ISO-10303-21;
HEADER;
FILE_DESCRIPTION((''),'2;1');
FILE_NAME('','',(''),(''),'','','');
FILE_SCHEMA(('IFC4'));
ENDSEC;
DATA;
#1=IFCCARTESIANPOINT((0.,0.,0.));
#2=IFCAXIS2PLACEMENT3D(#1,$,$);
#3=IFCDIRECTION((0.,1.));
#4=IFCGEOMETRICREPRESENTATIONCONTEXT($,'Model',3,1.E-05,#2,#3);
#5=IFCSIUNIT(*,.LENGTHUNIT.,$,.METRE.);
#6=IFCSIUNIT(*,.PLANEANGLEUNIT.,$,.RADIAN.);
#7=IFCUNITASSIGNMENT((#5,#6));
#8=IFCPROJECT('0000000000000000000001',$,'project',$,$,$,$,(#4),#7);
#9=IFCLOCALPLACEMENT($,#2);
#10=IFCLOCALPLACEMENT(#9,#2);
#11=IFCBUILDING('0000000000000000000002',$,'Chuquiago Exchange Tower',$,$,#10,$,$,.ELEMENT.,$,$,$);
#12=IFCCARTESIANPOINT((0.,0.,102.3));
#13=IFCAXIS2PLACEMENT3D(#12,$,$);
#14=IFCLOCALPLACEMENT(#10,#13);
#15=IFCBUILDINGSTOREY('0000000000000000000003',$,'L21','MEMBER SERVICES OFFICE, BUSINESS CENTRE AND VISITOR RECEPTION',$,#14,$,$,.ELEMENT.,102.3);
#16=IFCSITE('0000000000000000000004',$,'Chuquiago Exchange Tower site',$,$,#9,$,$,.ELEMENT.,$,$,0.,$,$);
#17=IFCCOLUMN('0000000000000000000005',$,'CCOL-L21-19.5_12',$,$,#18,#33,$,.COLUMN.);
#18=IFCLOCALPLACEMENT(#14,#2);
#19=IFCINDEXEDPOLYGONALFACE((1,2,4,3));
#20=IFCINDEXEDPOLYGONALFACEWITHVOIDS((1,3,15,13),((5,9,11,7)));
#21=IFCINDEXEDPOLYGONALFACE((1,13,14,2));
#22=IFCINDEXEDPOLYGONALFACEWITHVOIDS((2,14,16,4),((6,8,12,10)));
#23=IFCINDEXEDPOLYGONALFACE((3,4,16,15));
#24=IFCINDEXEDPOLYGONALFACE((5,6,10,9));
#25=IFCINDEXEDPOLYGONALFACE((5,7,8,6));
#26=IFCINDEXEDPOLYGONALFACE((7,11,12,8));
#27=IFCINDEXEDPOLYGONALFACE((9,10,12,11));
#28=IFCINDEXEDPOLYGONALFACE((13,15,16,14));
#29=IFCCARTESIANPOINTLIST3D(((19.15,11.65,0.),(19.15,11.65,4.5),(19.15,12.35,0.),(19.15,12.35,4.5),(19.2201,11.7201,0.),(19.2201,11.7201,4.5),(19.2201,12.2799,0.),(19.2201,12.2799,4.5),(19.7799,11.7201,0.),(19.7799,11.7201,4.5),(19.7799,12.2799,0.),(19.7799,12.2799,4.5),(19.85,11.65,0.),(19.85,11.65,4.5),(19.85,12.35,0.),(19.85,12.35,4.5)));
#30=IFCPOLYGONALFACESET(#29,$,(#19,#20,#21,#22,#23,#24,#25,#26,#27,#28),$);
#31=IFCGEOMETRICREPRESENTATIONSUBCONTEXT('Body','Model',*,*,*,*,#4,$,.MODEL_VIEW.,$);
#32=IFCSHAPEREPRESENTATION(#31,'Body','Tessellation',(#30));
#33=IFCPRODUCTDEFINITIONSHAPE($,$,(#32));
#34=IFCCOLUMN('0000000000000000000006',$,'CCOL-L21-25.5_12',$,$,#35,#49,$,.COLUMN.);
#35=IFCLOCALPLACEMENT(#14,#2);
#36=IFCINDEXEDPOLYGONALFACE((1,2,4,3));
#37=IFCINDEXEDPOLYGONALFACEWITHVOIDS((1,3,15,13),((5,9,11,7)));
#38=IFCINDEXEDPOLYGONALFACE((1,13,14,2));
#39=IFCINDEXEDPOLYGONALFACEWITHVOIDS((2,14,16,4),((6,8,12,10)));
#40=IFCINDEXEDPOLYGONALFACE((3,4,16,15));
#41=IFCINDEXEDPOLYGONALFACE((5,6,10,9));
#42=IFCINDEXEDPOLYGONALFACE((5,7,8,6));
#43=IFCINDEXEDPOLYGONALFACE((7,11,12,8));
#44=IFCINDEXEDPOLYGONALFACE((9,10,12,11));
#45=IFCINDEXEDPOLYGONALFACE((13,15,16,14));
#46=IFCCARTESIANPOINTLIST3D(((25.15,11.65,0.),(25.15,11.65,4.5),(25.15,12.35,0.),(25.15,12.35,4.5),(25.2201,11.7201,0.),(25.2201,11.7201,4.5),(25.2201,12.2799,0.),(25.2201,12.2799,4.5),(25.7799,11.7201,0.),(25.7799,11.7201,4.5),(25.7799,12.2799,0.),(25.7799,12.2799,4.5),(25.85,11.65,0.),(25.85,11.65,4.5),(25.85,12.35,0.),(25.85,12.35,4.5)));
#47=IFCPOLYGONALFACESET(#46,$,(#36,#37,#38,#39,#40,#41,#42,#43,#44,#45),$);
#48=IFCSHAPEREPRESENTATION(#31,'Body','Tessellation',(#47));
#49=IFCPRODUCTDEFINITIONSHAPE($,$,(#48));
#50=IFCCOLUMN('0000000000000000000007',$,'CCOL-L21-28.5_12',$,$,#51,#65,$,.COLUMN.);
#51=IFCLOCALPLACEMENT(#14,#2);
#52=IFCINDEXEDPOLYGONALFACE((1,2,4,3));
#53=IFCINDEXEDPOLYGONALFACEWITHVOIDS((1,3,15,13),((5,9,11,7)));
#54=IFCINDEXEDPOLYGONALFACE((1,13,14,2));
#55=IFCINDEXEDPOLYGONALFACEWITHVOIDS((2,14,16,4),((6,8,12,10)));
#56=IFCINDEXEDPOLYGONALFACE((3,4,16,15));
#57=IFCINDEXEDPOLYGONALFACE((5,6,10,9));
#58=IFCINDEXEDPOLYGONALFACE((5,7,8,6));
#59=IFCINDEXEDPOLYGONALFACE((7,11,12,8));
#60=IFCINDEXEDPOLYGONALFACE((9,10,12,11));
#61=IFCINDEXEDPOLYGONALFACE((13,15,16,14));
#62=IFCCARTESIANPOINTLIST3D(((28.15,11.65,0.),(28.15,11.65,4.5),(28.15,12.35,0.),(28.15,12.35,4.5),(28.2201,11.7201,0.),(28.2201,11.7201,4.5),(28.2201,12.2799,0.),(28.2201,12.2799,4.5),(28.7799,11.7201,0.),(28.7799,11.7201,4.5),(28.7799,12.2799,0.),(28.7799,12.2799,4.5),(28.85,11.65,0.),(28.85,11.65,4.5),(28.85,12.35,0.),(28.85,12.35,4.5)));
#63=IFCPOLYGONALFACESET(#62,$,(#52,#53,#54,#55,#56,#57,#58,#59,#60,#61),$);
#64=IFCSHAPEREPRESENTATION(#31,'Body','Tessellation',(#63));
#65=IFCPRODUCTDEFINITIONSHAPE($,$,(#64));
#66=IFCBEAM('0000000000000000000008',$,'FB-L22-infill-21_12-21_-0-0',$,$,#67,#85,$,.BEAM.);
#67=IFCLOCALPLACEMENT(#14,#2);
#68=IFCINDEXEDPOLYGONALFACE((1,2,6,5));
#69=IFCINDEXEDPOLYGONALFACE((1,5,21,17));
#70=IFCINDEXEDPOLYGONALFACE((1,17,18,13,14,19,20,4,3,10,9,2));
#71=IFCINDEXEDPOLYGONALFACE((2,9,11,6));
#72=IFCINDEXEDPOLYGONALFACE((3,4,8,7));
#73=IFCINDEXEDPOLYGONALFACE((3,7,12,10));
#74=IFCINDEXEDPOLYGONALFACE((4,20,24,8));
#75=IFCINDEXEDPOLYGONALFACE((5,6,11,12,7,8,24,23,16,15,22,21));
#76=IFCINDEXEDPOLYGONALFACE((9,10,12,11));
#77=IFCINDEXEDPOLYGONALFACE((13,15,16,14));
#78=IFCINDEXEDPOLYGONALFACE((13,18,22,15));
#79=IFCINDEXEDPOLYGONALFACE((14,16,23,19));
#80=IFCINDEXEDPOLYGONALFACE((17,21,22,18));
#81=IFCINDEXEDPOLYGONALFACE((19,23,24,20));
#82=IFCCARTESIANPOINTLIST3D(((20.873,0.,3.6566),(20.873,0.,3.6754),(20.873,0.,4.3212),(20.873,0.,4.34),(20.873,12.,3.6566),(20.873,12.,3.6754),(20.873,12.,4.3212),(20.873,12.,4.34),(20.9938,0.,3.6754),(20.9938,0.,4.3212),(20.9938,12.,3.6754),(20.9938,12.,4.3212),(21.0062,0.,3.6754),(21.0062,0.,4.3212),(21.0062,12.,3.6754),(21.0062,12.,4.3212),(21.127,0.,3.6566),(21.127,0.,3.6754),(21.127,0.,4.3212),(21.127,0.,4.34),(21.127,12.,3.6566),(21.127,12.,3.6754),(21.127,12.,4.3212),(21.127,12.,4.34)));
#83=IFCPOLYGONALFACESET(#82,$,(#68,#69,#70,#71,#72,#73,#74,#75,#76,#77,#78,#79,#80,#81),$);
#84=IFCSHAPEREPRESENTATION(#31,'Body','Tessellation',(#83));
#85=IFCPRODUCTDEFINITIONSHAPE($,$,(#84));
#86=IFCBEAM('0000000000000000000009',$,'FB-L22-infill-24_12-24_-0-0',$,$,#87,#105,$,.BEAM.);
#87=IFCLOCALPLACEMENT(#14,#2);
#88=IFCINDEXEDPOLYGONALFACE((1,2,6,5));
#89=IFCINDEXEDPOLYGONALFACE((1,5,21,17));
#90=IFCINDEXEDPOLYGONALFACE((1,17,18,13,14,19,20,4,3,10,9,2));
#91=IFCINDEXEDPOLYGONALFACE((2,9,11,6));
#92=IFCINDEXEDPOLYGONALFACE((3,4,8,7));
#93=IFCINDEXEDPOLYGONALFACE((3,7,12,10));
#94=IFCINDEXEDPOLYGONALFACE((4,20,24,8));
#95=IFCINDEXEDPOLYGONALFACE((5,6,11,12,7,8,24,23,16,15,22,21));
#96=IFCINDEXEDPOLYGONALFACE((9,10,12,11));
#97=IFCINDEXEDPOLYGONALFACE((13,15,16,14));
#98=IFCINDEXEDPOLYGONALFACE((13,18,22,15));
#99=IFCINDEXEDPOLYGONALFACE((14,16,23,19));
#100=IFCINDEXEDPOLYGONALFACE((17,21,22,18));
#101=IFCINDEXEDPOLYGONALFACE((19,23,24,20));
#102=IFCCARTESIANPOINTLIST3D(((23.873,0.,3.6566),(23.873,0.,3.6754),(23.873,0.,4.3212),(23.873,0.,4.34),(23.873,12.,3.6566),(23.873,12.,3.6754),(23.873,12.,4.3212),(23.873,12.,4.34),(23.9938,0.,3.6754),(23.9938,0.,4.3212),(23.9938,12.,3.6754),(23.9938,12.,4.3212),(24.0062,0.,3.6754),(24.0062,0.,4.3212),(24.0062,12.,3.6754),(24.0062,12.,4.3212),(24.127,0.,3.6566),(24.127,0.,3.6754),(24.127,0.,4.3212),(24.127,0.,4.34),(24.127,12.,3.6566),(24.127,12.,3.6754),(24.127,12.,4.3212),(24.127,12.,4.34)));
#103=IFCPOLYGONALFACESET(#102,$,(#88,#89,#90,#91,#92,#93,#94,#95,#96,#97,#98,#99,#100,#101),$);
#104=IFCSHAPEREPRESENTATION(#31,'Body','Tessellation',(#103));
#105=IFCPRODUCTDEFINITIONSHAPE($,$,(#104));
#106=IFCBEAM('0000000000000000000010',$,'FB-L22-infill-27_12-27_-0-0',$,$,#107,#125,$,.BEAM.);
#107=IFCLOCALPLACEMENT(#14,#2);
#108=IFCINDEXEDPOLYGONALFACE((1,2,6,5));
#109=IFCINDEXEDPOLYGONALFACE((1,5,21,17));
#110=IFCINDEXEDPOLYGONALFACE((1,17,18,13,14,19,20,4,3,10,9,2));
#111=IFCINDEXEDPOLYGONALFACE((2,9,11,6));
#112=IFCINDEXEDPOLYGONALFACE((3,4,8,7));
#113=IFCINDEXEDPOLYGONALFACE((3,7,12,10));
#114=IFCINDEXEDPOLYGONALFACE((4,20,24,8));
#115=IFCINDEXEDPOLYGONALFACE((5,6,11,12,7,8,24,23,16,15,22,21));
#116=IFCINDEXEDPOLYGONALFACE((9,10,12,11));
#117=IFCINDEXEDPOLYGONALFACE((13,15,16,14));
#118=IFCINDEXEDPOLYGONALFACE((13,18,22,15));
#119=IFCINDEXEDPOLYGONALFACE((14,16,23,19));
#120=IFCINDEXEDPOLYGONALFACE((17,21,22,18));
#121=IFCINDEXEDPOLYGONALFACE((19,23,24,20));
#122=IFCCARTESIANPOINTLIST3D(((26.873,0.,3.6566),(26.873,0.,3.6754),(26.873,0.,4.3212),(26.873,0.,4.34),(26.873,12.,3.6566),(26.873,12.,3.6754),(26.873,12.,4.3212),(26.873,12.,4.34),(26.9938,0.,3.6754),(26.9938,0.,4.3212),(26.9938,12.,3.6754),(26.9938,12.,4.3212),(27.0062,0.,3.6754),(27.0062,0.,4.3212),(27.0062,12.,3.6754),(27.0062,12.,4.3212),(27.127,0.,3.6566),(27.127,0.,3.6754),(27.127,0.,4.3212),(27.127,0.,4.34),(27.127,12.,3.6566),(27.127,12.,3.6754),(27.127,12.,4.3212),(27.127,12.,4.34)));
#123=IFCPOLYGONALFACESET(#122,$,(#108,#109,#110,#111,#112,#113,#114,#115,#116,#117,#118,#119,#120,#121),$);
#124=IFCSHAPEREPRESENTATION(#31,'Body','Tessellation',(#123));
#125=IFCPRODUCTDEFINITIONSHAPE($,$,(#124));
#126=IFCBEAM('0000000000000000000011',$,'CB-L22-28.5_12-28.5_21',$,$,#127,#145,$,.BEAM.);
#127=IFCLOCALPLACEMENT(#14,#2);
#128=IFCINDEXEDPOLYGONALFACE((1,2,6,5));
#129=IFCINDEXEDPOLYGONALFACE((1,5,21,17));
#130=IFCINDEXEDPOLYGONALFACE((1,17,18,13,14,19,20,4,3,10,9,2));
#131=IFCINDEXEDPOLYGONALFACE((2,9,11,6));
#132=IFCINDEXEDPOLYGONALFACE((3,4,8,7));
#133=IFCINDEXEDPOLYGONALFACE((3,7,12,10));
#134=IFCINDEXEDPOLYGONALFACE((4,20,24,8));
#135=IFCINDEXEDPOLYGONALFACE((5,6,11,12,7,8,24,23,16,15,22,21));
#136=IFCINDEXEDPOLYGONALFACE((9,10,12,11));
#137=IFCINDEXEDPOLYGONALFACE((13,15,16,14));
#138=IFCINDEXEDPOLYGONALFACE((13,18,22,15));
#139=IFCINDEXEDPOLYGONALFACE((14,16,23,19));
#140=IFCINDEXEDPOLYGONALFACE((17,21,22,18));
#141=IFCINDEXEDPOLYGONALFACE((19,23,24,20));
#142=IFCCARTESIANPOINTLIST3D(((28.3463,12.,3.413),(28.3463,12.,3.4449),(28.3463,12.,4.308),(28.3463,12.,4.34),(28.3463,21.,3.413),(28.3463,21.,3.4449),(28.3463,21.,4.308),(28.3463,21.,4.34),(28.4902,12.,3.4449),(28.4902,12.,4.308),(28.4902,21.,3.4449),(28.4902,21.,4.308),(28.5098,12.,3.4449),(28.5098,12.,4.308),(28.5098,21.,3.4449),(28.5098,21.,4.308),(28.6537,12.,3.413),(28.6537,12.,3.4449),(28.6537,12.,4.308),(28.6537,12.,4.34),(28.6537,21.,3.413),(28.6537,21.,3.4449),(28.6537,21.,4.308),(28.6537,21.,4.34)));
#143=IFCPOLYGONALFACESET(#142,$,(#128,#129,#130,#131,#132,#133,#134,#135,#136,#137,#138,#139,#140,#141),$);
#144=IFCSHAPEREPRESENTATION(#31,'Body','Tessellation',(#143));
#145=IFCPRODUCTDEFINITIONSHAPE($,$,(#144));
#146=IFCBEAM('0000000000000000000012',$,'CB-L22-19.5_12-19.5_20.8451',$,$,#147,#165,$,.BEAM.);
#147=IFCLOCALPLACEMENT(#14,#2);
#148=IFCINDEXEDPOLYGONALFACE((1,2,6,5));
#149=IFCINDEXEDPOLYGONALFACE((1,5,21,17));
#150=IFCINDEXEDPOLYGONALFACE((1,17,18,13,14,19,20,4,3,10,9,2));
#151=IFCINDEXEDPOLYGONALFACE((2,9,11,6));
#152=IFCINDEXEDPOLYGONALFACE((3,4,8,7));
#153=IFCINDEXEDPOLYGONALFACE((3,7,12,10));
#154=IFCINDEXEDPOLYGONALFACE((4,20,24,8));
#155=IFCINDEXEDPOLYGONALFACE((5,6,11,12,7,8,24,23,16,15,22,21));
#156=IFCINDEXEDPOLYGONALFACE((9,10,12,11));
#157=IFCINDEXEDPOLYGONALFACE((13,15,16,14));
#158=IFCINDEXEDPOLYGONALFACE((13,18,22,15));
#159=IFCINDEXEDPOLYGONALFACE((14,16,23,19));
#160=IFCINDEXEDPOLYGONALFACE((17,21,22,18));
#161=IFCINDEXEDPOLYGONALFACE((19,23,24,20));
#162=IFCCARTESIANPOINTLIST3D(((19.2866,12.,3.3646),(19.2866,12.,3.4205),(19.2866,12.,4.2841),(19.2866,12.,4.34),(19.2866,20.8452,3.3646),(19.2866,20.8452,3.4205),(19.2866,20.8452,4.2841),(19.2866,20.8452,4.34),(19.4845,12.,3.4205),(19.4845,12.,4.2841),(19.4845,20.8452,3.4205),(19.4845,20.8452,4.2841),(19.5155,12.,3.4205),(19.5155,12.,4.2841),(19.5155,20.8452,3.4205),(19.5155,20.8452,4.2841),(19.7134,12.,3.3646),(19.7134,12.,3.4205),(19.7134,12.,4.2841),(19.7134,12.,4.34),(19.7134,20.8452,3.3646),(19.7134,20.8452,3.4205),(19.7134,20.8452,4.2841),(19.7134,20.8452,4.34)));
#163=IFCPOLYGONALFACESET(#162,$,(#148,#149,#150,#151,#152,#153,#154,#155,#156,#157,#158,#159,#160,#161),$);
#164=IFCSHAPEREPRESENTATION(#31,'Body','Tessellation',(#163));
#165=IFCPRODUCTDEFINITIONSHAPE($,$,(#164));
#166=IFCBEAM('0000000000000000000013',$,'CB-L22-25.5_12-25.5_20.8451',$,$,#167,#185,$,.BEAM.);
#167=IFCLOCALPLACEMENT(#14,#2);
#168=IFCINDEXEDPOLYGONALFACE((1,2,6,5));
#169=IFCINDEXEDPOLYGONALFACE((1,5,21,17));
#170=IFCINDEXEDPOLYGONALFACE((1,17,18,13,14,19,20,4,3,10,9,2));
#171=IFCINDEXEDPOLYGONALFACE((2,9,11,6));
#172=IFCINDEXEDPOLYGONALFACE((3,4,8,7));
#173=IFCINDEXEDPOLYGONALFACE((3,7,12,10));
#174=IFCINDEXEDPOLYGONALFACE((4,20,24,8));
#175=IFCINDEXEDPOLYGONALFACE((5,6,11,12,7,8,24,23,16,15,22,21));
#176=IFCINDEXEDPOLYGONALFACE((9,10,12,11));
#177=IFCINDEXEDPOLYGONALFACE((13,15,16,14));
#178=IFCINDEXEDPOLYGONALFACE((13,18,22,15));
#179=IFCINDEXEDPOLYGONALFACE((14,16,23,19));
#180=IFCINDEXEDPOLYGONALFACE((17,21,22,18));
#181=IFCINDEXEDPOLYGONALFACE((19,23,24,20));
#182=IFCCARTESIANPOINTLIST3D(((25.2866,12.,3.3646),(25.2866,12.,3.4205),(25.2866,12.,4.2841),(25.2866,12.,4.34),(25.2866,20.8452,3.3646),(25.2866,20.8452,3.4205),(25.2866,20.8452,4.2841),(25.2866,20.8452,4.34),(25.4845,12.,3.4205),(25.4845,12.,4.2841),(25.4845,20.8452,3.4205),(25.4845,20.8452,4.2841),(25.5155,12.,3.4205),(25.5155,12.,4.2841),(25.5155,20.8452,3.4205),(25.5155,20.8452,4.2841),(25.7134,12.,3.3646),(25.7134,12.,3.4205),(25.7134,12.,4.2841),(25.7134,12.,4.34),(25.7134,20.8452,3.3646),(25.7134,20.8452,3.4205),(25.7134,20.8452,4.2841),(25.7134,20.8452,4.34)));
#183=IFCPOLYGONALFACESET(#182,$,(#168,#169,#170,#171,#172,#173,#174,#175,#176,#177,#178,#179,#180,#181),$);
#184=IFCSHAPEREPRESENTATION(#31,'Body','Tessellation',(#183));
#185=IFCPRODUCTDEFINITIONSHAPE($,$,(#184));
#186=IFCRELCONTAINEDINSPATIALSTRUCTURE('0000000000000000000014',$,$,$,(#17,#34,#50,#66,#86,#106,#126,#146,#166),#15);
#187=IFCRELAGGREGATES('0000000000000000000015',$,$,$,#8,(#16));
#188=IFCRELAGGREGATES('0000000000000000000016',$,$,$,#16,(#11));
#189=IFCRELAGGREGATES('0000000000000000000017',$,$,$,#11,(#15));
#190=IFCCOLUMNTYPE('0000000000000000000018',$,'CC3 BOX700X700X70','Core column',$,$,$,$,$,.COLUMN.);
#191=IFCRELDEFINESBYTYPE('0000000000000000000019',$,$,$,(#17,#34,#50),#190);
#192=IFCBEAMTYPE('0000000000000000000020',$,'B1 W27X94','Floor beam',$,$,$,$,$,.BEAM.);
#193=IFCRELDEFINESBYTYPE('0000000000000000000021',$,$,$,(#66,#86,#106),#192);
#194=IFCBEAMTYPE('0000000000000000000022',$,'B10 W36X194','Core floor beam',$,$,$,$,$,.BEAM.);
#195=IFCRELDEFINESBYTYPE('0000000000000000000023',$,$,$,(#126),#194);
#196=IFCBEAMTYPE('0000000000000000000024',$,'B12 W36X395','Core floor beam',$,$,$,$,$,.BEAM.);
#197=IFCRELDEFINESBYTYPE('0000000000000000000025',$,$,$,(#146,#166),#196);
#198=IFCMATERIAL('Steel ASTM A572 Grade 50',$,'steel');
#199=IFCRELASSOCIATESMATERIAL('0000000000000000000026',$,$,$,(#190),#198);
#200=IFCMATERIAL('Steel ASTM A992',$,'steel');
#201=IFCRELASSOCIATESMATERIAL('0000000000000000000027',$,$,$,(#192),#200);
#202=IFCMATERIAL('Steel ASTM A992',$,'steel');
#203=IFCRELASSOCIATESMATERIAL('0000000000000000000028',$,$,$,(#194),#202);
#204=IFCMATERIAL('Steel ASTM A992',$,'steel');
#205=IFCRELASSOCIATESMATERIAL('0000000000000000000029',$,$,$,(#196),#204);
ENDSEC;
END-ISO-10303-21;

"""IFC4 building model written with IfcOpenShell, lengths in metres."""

from ifc_helpers import new_model, si_unit, direction, frame, origin, origin_2d, place, context, subcontext, project, spatial, hollow_rectangle, i_section, extrude, material, material_profile, profile_set, type_object, element, save


model = new_model("IFC4")

# Units and contexts
model_context = context("Model", 3, precision=1e-05, world=origin(), true_north=direction((0.0, 1.0)))
body_context = subcontext(model_context, "Body", "Model", "MODEL_VIEW")
ifc_project = project(units=[si_unit("LENGTHUNIT", "METRE"), si_unit("PLANEANGLEUNIT", "RADIAN")], contexts=[model_context])

# Site, building, storey
site_placement = place(None, origin())
site = spatial("IfcSite", under=ifc_project, at=site_placement, Name="Chuquiago Exchange Tower site", CompositionType="ELEMENT", RefElevation=0.0)
building_placement = place(site_placement, origin())
building = spatial("IfcBuilding", under=site, at=building_placement, Name="Chuquiago Exchange Tower", CompositionType="ELEMENT")
storey_placement = place(building_placement, frame((0.0, 0.0, 102.3)))
storey = spatial("IfcBuildingStorey", under=building, at=storey_placement, Name="L21", Description="MEMBER SERVICES OFFICE, BUSINESS CENTRE AND VISITOR RECEPTION", CompositionType="ELEMENT", Elevation=102.3)

# Columns
ifc_material_1 = material(Name="Steel ASTM A572 Grade 50", Category="steel")
ifc_material_profile_1 = material_profile(ifc_material_1, hollow_rectangle(XDim=0.7, YDim=0.7, WallThickness=0.0701, at=origin_2d()), Name="BOX700X700X70")
ifc_profile_set_1 = profile_set([ifc_material_profile_1], Name="Steel ASTM A572 Grade 50")
column_type = type_object("IfcColumnType", Name="CC3 BOX700X700X70", Description="Core column", PredefinedType="COLUMN", material=ifc_profile_set_1)
for number, where, z_axis, x_axis, name in (
    (1, (19.5, 12.0, 0.0), (0.0, 0.0, 1.0), (1.0, 0.0, 0.0), "CCOL-L21-19.5_12"),
    (2, (25.5, 12.0, 0.0), (0.0, 0.0, 1.0), (1.0, 0.0, 0.0), "CCOL-L21-25.5_12"),
    (3, (28.5, 12.0, 0.0), (0.0, 0.0, 1.0), (1.0, 0.0, 0.0), "CCOL-L21-28.5_12"),
):
    element("IfcColumn", number, at=place(storey_placement, frame(where, z_axis=z_axis, x_axis=x_axis)), inside=storey, type_object=column_type, Name=name, PredefinedType="COLUMN", context=body_context, shape_type="SweptSolid", body=[
        extrude(hollow_rectangle(XDim=0.7, YDim=0.7, WallThickness=0.0701, at=origin_2d()), origin(), (0.0, 0.0, 1.0), 4.5),
    ])

# Beams
ifc_material_2 = material(Name="Steel ASTM A992", Category="steel")
ifc_material_profile_2 = material_profile(ifc_material_2, i_section(OverallWidth=0.2539, OverallDepth=0.6833, WebThickness=0.0125, FlangeThickness=0.0188, at=origin_2d()), Name="W27X94")
ifc_profile_set_2 = profile_set([ifc_material_profile_2], Name="Steel ASTM A992")
beam_type_1 = type_object("IfcBeamType", Name="B1 W27X94", Description="Floor beam", PredefinedType="BEAM", material=ifc_profile_set_2)
for number, where, z_axis, x_axis, name in (
    (4, (21.0, 12.0, 3.9983), (0.0, -1.0, 0.0), (1.0, 0.0, 0.0), "FB-L22-infill-21_12-21_-0-0"),
    (5, (24.0, 12.0, 3.9983), (0.0, -1.0, 0.0), (1.0, 0.0, 0.0), "FB-L22-infill-24_12-24_-0-0"),
    (6, (27.0, 12.0, 3.9983), (0.0, -1.0, 0.0), (1.0, 0.0, 0.0), "FB-L22-infill-27_12-27_-0-0"),
):
    element("IfcBeam", number, at=place(storey_placement, frame(where, z_axis=z_axis, x_axis=x_axis)), inside=storey, type_object=beam_type_1, Name=name, PredefinedType="BEAM", context=body_context, shape_type="SweptSolid", body=[
        extrude(i_section(OverallWidth=0.2539, OverallDepth=0.6833, WebThickness=0.0125, FlangeThickness=0.0188, at=origin_2d()), origin(), (0.0, 0.0, 1.0), 12.0),
    ])
ifc_material_3 = material(Name="Steel ASTM A992", Category="steel")
ifc_material_profile_3 = material_profile(ifc_material_3, i_section(OverallWidth=0.3074, OverallDepth=0.927, WebThickness=0.0195, FlangeThickness=0.032, at=origin_2d()), Name="W36X194")
ifc_profile_set_3 = profile_set([ifc_material_profile_3], Name="Steel ASTM A992")
beam_type_2 = type_object("IfcBeamType", Name="B10 W36X194", Description="Core floor beam", PredefinedType="BEAM", material=ifc_profile_set_3)
beam_1_placement = place(storey_placement, frame((28.5, 12.0, 3.8765), z_axis=(0.0, 1.0, 0.0), x_axis=(-1.0, 0.0, 0.0)))
element("IfcBeam", 7, at=beam_1_placement, inside=storey, type_object=beam_type_2, Name="CB-L22-28.5_12-28.5_21", PredefinedType="BEAM", context=body_context, shape_type="SweptSolid", body=[
    extrude(i_section(OverallWidth=0.3074, OverallDepth=0.927, WebThickness=0.0195, FlangeThickness=0.032, at=origin_2d()), origin(), (0.0, 0.0, 1.0), 9.0),
])
ifc_material_4 = material(Name="Steel ASTM A992", Category="steel")
ifc_material_profile_4 = material_profile(ifc_material_4, i_section(OverallWidth=0.4268, OverallDepth=0.9753, WebThickness=0.031, FlangeThickness=0.0559, at=origin_2d()), Name="W36X395")
ifc_profile_set_4 = profile_set([ifc_material_profile_4], Name="Steel ASTM A992")
beam_type_3 = type_object("IfcBeamType", Name="B12 W36X395", Description="Core floor beam", PredefinedType="BEAM", material=ifc_profile_set_4)
for number, where, z_axis, x_axis, name in (
    (8, (19.5, 12.0, 3.8523), (0.0, 1.0, 0.0), (-1.0, 0.0, 0.0), "CB-L22-19.5_12-19.5_20.8451"),
    (9, (25.5, 12.0, 3.8523), (0.0, 1.0, 0.0), (-1.0, 0.0, 0.0), "CB-L22-25.5_12-25.5_20.8451"),
):
    element("IfcBeam", number, at=place(storey_placement, frame(where, z_axis=z_axis, x_axis=x_axis)), inside=storey, type_object=beam_type_3, Name=name, PredefinedType="BEAM", context=body_context, shape_type="SweptSolid", body=[
        extrude(i_section(OverallWidth=0.4268, OverallDepth=0.9753, WebThickness=0.031, FlangeThickness=0.0559, at=origin_2d()), origin(), (0.0, 0.0, 1.0), 8.8452),
    ])

save(model, "model.ifc")
